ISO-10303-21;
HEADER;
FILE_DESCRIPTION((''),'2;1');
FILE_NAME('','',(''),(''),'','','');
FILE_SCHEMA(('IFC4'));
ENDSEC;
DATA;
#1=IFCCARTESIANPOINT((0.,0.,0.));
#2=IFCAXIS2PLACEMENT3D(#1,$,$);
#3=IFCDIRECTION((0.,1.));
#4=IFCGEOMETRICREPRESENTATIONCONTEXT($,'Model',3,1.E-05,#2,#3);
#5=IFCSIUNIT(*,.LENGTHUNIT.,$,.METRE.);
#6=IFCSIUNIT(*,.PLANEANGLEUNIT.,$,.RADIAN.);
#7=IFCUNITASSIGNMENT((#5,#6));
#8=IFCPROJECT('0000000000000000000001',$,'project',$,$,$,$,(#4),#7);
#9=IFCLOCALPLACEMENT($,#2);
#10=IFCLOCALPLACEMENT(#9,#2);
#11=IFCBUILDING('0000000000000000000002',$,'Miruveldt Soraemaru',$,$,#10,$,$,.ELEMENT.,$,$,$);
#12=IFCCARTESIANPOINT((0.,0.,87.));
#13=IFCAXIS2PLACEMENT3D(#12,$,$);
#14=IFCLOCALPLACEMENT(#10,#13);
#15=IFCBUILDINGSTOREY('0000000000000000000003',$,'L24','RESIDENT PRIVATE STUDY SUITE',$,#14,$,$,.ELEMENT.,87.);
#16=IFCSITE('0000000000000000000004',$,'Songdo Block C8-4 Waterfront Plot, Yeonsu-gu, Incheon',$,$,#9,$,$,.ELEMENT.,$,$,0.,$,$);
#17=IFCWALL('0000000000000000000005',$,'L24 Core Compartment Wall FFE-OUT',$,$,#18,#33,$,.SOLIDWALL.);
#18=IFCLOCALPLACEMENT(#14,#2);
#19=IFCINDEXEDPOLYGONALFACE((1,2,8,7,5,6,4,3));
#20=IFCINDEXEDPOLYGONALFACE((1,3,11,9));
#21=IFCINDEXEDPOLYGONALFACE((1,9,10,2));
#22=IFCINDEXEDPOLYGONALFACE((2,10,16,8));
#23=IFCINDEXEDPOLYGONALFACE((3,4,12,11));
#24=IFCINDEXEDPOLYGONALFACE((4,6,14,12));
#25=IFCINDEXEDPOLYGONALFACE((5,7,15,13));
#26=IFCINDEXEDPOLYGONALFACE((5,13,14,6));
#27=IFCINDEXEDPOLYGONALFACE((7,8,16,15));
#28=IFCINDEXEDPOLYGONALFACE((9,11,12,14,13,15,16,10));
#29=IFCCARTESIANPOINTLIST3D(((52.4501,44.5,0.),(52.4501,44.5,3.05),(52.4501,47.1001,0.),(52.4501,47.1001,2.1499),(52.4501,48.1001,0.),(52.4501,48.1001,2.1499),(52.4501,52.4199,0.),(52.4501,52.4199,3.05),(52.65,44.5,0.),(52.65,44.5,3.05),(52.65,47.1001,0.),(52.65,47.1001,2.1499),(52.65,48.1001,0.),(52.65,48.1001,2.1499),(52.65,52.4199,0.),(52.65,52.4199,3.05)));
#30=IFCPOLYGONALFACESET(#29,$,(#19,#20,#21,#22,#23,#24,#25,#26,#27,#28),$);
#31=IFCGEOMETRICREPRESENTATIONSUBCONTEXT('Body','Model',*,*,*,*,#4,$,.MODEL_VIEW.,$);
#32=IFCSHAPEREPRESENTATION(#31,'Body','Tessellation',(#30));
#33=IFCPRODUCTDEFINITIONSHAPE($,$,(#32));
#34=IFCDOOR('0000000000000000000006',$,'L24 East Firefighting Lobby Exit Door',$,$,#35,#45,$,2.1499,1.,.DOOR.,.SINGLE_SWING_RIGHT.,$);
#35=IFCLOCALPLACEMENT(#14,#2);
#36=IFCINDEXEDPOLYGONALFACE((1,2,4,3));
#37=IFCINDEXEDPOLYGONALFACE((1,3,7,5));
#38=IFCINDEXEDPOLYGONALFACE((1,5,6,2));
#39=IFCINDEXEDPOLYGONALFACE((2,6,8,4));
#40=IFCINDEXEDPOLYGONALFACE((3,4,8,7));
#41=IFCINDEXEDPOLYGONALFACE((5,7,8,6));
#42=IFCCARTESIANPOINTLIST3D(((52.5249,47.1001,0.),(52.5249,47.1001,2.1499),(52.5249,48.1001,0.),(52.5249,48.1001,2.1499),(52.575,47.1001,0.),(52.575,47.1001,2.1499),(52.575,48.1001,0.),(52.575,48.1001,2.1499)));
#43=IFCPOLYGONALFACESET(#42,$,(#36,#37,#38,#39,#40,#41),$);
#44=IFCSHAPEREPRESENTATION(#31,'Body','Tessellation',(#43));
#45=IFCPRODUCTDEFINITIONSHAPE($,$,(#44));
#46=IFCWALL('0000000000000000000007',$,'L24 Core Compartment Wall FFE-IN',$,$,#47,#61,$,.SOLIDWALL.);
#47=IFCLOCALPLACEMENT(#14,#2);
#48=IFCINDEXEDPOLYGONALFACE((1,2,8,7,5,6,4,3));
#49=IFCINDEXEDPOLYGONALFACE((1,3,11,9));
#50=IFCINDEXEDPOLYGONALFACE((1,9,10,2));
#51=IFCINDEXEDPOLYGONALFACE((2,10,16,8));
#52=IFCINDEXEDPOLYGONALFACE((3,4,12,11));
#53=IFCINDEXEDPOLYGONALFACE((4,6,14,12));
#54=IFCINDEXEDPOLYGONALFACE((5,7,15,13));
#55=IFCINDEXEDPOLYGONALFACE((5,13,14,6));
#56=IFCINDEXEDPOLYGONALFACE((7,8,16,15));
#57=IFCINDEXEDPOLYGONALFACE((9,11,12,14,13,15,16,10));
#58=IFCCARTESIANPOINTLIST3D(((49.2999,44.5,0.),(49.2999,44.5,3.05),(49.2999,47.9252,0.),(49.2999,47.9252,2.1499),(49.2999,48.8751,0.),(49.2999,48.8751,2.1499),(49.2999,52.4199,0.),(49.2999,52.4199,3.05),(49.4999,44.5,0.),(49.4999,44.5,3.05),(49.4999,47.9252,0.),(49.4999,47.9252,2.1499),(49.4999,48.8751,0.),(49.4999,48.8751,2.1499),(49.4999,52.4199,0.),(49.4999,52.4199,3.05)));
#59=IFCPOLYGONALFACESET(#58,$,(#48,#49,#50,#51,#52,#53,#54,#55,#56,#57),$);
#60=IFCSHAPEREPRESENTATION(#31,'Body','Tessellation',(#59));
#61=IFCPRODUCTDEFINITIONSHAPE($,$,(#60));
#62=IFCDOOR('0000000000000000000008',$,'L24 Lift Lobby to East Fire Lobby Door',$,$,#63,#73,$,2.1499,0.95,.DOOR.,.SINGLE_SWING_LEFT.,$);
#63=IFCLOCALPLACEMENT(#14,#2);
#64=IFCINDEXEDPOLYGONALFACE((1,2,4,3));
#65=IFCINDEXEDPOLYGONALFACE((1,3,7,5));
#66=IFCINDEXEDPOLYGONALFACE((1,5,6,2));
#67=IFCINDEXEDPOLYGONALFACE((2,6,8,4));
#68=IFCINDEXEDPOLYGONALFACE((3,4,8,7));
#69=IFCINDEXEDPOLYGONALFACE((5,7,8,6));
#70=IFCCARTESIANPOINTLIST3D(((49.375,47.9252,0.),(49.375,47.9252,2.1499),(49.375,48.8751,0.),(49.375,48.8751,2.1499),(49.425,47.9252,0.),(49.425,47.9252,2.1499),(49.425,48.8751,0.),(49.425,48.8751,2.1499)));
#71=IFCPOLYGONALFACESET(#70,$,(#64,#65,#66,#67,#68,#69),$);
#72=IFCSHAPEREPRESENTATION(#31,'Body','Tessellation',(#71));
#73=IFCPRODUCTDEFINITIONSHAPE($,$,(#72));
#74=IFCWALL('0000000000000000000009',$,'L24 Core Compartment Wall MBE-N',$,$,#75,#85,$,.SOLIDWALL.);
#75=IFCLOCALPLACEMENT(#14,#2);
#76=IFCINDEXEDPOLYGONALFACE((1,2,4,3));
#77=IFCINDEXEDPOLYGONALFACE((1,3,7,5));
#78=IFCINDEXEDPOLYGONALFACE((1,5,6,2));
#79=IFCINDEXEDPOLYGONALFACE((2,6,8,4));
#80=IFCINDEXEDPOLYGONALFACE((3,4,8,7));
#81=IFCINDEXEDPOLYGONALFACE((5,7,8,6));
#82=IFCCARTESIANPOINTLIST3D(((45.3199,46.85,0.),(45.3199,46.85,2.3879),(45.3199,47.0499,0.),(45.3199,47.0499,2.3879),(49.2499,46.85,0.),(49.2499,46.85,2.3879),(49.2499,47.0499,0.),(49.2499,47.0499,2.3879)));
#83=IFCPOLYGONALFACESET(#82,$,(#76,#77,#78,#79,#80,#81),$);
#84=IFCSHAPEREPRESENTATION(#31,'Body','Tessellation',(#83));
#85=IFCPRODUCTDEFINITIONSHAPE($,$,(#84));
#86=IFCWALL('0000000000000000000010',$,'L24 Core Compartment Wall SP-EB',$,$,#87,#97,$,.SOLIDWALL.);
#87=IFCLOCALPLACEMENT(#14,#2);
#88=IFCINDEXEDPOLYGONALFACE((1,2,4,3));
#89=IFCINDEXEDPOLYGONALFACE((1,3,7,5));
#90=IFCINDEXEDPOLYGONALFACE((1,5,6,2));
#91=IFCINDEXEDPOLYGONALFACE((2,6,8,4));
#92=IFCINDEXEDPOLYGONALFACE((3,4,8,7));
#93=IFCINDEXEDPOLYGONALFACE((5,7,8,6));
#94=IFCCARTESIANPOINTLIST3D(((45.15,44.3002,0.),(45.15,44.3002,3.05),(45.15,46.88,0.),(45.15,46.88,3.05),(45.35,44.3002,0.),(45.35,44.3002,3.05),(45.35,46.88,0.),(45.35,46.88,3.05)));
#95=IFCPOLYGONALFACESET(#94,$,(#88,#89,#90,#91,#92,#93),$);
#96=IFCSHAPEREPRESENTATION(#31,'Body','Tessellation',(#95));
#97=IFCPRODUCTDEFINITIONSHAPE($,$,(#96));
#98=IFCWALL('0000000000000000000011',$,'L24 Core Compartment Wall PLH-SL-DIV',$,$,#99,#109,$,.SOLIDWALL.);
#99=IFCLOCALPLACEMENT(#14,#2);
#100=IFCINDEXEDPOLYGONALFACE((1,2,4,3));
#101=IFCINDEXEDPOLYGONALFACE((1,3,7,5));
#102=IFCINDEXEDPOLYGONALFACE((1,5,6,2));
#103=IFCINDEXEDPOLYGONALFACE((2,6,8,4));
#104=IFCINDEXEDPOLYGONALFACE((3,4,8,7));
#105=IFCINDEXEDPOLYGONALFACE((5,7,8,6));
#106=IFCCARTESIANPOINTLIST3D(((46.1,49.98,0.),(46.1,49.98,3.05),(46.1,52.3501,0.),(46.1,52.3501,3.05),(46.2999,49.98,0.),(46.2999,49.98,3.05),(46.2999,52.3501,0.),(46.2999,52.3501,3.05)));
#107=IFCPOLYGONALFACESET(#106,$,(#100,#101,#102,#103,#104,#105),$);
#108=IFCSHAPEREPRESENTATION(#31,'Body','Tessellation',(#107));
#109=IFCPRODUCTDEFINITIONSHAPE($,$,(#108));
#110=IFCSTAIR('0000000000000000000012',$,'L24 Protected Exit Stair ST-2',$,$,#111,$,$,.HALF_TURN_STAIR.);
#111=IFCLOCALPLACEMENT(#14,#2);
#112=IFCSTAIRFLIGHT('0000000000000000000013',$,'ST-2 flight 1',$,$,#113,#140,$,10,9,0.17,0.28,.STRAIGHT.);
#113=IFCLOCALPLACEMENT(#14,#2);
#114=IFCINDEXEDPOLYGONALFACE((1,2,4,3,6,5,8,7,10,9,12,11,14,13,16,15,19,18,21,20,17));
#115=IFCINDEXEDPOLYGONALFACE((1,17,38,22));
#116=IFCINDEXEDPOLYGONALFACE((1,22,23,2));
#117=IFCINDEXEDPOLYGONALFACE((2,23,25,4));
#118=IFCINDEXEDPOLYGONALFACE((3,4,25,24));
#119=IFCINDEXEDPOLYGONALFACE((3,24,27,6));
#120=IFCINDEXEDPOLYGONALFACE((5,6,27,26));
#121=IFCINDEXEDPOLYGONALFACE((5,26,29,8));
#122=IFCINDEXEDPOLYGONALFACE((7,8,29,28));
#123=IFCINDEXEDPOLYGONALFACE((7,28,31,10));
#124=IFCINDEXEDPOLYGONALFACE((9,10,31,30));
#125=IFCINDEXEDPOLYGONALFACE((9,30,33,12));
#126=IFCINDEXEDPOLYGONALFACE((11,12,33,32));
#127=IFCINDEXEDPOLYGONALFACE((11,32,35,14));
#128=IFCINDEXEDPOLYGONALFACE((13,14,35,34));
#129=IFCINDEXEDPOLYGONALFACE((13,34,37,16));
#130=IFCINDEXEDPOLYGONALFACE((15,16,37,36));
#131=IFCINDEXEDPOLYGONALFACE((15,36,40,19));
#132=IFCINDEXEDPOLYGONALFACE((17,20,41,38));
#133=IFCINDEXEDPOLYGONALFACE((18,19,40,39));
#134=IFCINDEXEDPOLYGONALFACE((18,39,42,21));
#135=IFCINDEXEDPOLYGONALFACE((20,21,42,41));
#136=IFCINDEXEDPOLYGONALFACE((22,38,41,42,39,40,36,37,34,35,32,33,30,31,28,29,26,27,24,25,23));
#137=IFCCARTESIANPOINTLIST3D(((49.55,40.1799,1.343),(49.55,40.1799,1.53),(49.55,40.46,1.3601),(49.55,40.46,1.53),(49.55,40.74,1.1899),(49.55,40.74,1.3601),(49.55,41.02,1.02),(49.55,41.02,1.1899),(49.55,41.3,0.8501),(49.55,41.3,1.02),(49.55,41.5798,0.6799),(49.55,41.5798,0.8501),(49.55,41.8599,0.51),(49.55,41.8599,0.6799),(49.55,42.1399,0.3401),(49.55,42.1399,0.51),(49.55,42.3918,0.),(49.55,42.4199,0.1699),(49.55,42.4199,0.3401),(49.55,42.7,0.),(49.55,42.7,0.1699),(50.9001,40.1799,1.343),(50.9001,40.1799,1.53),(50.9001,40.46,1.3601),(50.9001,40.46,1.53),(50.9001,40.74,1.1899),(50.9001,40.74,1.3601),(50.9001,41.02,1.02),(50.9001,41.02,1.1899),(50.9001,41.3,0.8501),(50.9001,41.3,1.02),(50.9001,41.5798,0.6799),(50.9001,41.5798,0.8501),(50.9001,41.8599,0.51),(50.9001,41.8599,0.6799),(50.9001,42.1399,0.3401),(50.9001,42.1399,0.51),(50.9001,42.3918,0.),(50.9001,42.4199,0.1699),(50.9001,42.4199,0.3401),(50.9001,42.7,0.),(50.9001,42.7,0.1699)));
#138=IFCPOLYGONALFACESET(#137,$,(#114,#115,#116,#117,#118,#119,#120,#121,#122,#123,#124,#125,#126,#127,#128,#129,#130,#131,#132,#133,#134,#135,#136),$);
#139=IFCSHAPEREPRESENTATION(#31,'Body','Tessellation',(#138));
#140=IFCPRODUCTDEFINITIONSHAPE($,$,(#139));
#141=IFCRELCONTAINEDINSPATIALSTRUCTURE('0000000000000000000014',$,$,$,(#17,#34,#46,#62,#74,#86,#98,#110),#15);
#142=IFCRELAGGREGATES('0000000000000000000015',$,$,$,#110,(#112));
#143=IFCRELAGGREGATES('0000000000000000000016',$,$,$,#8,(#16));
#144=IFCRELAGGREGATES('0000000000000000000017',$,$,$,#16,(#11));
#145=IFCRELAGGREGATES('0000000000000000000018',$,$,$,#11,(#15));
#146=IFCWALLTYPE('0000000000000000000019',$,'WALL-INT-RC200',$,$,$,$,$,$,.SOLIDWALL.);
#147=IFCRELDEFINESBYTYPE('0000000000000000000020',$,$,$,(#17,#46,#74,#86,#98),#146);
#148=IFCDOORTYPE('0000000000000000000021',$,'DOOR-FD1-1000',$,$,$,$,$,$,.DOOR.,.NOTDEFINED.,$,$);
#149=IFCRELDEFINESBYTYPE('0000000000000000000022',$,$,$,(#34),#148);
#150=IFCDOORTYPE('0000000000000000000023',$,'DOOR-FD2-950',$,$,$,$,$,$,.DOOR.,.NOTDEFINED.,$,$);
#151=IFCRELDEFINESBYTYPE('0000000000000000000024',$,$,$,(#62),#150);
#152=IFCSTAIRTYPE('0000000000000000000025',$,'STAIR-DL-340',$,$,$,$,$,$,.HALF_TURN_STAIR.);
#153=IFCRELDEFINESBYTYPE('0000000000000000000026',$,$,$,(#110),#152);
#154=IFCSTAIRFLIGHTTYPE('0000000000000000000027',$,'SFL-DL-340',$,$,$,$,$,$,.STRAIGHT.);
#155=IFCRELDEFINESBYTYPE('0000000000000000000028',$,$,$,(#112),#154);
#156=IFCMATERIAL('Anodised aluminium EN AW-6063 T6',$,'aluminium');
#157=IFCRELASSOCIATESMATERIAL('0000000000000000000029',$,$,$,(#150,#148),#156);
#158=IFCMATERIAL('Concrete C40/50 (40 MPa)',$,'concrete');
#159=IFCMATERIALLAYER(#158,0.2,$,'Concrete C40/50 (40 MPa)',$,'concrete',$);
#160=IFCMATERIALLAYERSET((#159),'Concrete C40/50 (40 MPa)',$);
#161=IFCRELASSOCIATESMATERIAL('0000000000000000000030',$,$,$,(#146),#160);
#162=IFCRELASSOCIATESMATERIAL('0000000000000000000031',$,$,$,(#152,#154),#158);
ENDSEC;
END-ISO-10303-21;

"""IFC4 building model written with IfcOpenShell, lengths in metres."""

from ifc_helpers import new_model, si_unit, direction, frame, frame_2d, origin, place, context, subcontext, project, spatial, polyline, rectangle, outline, extrude, material, layer, layer_set, type_object, element, fill, aggregate, save


model = new_model("IFC4")

# Units and contexts
model_context = context("Model", 3, precision=1e-05, world=origin(), true_north=direction((0.0, 1.0)))
body_context = subcontext(model_context, "Body", "Model", "MODEL_VIEW")
ifc_project = project(units=[si_unit("LENGTHUNIT", "METRE"), si_unit("PLANEANGLEUNIT", "RADIAN")], contexts=[model_context])

# Site, building, storey
site_placement = place(None, origin())
site = spatial("IfcSite", under=ifc_project, at=site_placement, Name="Songdo Block C8-4 Waterfront Plot, Yeonsu-gu, Incheon", CompositionType="ELEMENT", RefElevation=0.0)
building_placement = place(site_placement, origin())
building = spatial("IfcBuilding", under=site, at=building_placement, Name="Miruveldt Soraemaru", CompositionType="ELEMENT")
storey_placement = place(building_placement, frame((0.0, 0.0, 87.0)))
storey = spatial("IfcBuildingStorey", under=building, at=storey_placement, Name="L24", Description="RESIDENT PRIVATE STUDY SUITE", CompositionType="ELEMENT", Elevation=87.0)

# Shared definitions
ifc_material_1 = material(Name="Concrete C40/50 (40 MPa)", Category="concrete")
ifc_material_2 = material(Name="Anodised aluminium EN AW-6063 T6", Category="aluminium")
door_type_1 = type_object("IfcDoorType", Name="DOOR-FD2-950", OperationType="NOTDEFINED", PredefinedType="DOOR", material=ifc_material_2)

# Walls, openings, doors
ifc_layer_1 = layer(ifc_material_1, 0.2, Name="Concrete C40/50 (40 MPa)", Category="concrete")
ifc_layer_set_1 = layer_set([ifc_layer_1], Name="Concrete C40/50 (40 MPa)")
wall_type_1 = type_object("IfcWallType", Name="WALL-INT-RC200", PredefinedType="SOLIDWALL", material=ifc_layer_set_1)
wall_1_placement = place(storey_placement, frame((52.55, 44.5, 0.0), z_axis=(0.0, 0.0, 1.0), x_axis=(0.0, 1.0, 0.0)))
wall_1 = element("IfcWall", 1, at=wall_1_placement, inside=storey, type_object=wall_type_1, Name="L24 Core Compartment Wall FFE-OUT", PredefinedType="SOLIDWALL", context=body_context, shape_type="SweptSolid", body=[
    extrude(rectangle(XDim=7.9199, YDim=0.2, at=frame_2d((3.96, 0.0))), origin(), (0.0, 0.0, 1.0), 3.05),
])
opening_1_placement = place(wall_1_placement, frame((2.6001, 0.0, 0.0)))
opening_1 = element("IfcOpeningElement", 2, at=opening_1_placement, cuts=wall_1, PredefinedType="OPENING", context=body_context, shape_type="SweptSolid", body=[
    extrude(rectangle(XDim=1.0, YDim=2.1499, at=frame_2d((0.5, 1.075))), frame((0.0, 0.1099, 0.0), z_axis=(0.0, -1.0, 0.0), x_axis=(1.0, 0.0, 0.0)), (0.0, 0.0, 1.0), 0.22),
])
door_type_2 = type_object("IfcDoorType", Name="DOOR-FD1-1000", OperationType="NOTDEFINED", PredefinedType="DOOR", material=ifc_material_2)
door_1_placement = place(opening_1_placement, frame((1.0, 0.0, 0.0), z_axis=(0.0, 0.0, 1.0), x_axis=(-1.0, 0.0, 0.0)))
door_1 = element("IfcDoor", 3, at=door_1_placement, inside=storey, type_object=door_type_2, Name="L24 East Firefighting Lobby Exit Door", OperationType="SINGLE_SWING_RIGHT", OverallHeight=2.1499, OverallWidth=1.0, PredefinedType="DOOR", context=body_context, shape_type="SweptSolid", body=[
    extrude(rectangle(XDim=1.0, YDim=2.1499, at=frame_2d((0.5, 1.075))), frame((0.0, 0.0249, 0.0), z_axis=(0.0, -1.0, 0.0), x_axis=(1.0, 0.0, 0.0)), (0.0, 0.0, 1.0), 0.05),
])
fill(opening_1, door_1)
wall_2_placement = place(storey_placement, frame((49.3999, 44.5, 0.0), z_axis=(0.0, 0.0, 1.0), x_axis=(0.0, 1.0, 0.0)))
wall_2 = element("IfcWall", 4, at=wall_2_placement, inside=storey, type_object=wall_type_1, Name="L24 Core Compartment Wall FFE-IN", PredefinedType="SOLIDWALL", context=body_context, shape_type="SweptSolid", body=[
    extrude(rectangle(XDim=7.9199, YDim=0.2, at=frame_2d((3.96, 0.0))), origin(), (0.0, 0.0, 1.0), 3.05),
])
opening_2_placement = place(wall_2_placement, frame((3.425, 0.0, 0.0)))
opening_2 = element("IfcOpeningElement", 5, at=opening_2_placement, cuts=wall_2, PredefinedType="OPENING", context=body_context, shape_type="SweptSolid", body=[
    extrude(rectangle(XDim=0.95, YDim=2.1499, at=frame_2d((0.4751, 1.075))), frame((0.0, 0.1099, 0.0), z_axis=(0.0, -1.0, 0.0), x_axis=(1.0, 0.0, 0.0)), (0.0, 0.0, 1.0), 0.22),
])
door_2_placement = place(opening_2_placement, origin())
door_2 = element("IfcDoor", 6, at=door_2_placement, inside=storey, type_object=door_type_1, Name="L24 Lift Lobby to East Fire Lobby Door", OperationType="SINGLE_SWING_LEFT", OverallHeight=2.1499, OverallWidth=0.95, PredefinedType="DOOR", context=body_context, shape_type="SweptSolid", body=[
    extrude(rectangle(XDim=0.95, YDim=2.1499, at=frame_2d((0.4751, 1.075))), frame((0.0, 0.0249, 0.0), z_axis=(0.0, -1.0, 0.0), x_axis=(1.0, 0.0, 0.0)), (0.0, 0.0, 1.0), 0.05),
])
fill(opening_2, door_2)

# Walls
wall_3_placement = place(storey_placement, frame((45.3201, 46.95, 0.0), z_axis=(0.0, 0.0, 1.0), x_axis=(1.0, 0.0, 0.0)))
element("IfcWall", 7, at=wall_3_placement, inside=storey, type_object=wall_type_1, Name="L24 Core Compartment Wall MBE-N", PredefinedType="SOLIDWALL", context=body_context, shape_type="SweptSolid", body=[
    extrude(rectangle(XDim=3.9299, YDim=0.2, at=frame_2d((1.9648, 0.0))), origin(), (0.0, 0.0, 1.0), 2.3879),
])
wall_4_placement = place(storey_placement, frame((45.25, 44.3, 0.0), z_axis=(0.0, 0.0, 1.0), x_axis=(0.0, 1.0, 0.0)))
element("IfcWall", 8, at=wall_4_placement, inside=storey, type_object=wall_type_1, Name="L24 Core Compartment Wall SP-EB", PredefinedType="SOLIDWALL", context=body_context, shape_type="SweptSolid", body=[
    extrude(rectangle(XDim=2.5798, YDim=0.2, at=frame_2d((1.29, 0.0))), origin(), (0.0, 0.0, 1.0), 3.05),
])
wall_5_placement = place(storey_placement, frame((46.2, 49.98, 0.0), z_axis=(0.0, 0.0, 1.0), x_axis=(0.0, 1.0, 0.0)))
element("IfcWall", 9, at=wall_5_placement, inside=storey, type_object=wall_type_1, Name="L24 Core Compartment Wall PLH-SL-DIV", PredefinedType="SOLIDWALL", context=body_context, shape_type="SweptSolid", body=[
    extrude(rectangle(XDim=2.3701, YDim=0.2, at=frame_2d((1.1851, 0.0))), origin(), (0.0, 0.0, 1.0), 3.05),
])

# Stair, stair flight
stair_type = type_object("IfcStairType", Name="STAIR-DL-340", PredefinedType="HALF_TURN_STAIR", material=ifc_material_1)
stair_placement = place(storey_placement, origin())
stair = element("IfcStair", 10, at=stair_placement, inside=storey, type_object=stair_type, Name="L24 Protected Exit Stair ST-2", PredefinedType="HALF_TURN_STAIR")
stair_flight_type = type_object("IfcStairFlightType", Name="SFL-DL-340", PredefinedType="STRAIGHT", material=ifc_material_1)
stair_flight_placement = place(storey_placement, frame((50.2251, 42.7, 0.0), z_axis=(0.0, 0.0, 1.0), x_axis=(0.0, -1.0, 0.0)))
stair_flight = element("IfcStairFlight", 11, at=stair_flight_placement, type_object=stair_flight_type, Name="ST-2 flight 1", NumberOfRisers=10, NumberOfTreads=9, PredefinedType="STRAIGHT", RiserHeight=0.17, TreadLength=0.28, context=body_context, shape_type="SweptSolid", body=[
    extrude(outline(polyline([(0.0, 0.0), (0.0, 0.1699), (0.28, 0.1699), (0.28, 0.3401), (0.5601, 0.3401), (0.5601, 0.51), (0.8401, 0.51), (0.8401, 0.6799), (1.1201, 0.6799), (1.1201, 0.8501), (1.3999, 0.8501), (1.3999, 1.02), (1.6799, 1.02), (1.6799, 1.1899), (1.96, 1.1899), (1.96, 1.3601), (2.24, 1.3601), (2.24, 1.53), (2.52, 1.53), (2.52, 1.7), (2.52, 1.343), (0.3081, 0.0), (0.0, 0.0)])), frame((0.0, 0.675, 0.0), z_axis=(0.0, -1.0, 0.0), x_axis=(1.0, 0.0, 0.0)), (0.0, 0.0, 1.0), 1.3501),
])
aggregate(stair, [stair_flight])

save(model, "model.ifc")
